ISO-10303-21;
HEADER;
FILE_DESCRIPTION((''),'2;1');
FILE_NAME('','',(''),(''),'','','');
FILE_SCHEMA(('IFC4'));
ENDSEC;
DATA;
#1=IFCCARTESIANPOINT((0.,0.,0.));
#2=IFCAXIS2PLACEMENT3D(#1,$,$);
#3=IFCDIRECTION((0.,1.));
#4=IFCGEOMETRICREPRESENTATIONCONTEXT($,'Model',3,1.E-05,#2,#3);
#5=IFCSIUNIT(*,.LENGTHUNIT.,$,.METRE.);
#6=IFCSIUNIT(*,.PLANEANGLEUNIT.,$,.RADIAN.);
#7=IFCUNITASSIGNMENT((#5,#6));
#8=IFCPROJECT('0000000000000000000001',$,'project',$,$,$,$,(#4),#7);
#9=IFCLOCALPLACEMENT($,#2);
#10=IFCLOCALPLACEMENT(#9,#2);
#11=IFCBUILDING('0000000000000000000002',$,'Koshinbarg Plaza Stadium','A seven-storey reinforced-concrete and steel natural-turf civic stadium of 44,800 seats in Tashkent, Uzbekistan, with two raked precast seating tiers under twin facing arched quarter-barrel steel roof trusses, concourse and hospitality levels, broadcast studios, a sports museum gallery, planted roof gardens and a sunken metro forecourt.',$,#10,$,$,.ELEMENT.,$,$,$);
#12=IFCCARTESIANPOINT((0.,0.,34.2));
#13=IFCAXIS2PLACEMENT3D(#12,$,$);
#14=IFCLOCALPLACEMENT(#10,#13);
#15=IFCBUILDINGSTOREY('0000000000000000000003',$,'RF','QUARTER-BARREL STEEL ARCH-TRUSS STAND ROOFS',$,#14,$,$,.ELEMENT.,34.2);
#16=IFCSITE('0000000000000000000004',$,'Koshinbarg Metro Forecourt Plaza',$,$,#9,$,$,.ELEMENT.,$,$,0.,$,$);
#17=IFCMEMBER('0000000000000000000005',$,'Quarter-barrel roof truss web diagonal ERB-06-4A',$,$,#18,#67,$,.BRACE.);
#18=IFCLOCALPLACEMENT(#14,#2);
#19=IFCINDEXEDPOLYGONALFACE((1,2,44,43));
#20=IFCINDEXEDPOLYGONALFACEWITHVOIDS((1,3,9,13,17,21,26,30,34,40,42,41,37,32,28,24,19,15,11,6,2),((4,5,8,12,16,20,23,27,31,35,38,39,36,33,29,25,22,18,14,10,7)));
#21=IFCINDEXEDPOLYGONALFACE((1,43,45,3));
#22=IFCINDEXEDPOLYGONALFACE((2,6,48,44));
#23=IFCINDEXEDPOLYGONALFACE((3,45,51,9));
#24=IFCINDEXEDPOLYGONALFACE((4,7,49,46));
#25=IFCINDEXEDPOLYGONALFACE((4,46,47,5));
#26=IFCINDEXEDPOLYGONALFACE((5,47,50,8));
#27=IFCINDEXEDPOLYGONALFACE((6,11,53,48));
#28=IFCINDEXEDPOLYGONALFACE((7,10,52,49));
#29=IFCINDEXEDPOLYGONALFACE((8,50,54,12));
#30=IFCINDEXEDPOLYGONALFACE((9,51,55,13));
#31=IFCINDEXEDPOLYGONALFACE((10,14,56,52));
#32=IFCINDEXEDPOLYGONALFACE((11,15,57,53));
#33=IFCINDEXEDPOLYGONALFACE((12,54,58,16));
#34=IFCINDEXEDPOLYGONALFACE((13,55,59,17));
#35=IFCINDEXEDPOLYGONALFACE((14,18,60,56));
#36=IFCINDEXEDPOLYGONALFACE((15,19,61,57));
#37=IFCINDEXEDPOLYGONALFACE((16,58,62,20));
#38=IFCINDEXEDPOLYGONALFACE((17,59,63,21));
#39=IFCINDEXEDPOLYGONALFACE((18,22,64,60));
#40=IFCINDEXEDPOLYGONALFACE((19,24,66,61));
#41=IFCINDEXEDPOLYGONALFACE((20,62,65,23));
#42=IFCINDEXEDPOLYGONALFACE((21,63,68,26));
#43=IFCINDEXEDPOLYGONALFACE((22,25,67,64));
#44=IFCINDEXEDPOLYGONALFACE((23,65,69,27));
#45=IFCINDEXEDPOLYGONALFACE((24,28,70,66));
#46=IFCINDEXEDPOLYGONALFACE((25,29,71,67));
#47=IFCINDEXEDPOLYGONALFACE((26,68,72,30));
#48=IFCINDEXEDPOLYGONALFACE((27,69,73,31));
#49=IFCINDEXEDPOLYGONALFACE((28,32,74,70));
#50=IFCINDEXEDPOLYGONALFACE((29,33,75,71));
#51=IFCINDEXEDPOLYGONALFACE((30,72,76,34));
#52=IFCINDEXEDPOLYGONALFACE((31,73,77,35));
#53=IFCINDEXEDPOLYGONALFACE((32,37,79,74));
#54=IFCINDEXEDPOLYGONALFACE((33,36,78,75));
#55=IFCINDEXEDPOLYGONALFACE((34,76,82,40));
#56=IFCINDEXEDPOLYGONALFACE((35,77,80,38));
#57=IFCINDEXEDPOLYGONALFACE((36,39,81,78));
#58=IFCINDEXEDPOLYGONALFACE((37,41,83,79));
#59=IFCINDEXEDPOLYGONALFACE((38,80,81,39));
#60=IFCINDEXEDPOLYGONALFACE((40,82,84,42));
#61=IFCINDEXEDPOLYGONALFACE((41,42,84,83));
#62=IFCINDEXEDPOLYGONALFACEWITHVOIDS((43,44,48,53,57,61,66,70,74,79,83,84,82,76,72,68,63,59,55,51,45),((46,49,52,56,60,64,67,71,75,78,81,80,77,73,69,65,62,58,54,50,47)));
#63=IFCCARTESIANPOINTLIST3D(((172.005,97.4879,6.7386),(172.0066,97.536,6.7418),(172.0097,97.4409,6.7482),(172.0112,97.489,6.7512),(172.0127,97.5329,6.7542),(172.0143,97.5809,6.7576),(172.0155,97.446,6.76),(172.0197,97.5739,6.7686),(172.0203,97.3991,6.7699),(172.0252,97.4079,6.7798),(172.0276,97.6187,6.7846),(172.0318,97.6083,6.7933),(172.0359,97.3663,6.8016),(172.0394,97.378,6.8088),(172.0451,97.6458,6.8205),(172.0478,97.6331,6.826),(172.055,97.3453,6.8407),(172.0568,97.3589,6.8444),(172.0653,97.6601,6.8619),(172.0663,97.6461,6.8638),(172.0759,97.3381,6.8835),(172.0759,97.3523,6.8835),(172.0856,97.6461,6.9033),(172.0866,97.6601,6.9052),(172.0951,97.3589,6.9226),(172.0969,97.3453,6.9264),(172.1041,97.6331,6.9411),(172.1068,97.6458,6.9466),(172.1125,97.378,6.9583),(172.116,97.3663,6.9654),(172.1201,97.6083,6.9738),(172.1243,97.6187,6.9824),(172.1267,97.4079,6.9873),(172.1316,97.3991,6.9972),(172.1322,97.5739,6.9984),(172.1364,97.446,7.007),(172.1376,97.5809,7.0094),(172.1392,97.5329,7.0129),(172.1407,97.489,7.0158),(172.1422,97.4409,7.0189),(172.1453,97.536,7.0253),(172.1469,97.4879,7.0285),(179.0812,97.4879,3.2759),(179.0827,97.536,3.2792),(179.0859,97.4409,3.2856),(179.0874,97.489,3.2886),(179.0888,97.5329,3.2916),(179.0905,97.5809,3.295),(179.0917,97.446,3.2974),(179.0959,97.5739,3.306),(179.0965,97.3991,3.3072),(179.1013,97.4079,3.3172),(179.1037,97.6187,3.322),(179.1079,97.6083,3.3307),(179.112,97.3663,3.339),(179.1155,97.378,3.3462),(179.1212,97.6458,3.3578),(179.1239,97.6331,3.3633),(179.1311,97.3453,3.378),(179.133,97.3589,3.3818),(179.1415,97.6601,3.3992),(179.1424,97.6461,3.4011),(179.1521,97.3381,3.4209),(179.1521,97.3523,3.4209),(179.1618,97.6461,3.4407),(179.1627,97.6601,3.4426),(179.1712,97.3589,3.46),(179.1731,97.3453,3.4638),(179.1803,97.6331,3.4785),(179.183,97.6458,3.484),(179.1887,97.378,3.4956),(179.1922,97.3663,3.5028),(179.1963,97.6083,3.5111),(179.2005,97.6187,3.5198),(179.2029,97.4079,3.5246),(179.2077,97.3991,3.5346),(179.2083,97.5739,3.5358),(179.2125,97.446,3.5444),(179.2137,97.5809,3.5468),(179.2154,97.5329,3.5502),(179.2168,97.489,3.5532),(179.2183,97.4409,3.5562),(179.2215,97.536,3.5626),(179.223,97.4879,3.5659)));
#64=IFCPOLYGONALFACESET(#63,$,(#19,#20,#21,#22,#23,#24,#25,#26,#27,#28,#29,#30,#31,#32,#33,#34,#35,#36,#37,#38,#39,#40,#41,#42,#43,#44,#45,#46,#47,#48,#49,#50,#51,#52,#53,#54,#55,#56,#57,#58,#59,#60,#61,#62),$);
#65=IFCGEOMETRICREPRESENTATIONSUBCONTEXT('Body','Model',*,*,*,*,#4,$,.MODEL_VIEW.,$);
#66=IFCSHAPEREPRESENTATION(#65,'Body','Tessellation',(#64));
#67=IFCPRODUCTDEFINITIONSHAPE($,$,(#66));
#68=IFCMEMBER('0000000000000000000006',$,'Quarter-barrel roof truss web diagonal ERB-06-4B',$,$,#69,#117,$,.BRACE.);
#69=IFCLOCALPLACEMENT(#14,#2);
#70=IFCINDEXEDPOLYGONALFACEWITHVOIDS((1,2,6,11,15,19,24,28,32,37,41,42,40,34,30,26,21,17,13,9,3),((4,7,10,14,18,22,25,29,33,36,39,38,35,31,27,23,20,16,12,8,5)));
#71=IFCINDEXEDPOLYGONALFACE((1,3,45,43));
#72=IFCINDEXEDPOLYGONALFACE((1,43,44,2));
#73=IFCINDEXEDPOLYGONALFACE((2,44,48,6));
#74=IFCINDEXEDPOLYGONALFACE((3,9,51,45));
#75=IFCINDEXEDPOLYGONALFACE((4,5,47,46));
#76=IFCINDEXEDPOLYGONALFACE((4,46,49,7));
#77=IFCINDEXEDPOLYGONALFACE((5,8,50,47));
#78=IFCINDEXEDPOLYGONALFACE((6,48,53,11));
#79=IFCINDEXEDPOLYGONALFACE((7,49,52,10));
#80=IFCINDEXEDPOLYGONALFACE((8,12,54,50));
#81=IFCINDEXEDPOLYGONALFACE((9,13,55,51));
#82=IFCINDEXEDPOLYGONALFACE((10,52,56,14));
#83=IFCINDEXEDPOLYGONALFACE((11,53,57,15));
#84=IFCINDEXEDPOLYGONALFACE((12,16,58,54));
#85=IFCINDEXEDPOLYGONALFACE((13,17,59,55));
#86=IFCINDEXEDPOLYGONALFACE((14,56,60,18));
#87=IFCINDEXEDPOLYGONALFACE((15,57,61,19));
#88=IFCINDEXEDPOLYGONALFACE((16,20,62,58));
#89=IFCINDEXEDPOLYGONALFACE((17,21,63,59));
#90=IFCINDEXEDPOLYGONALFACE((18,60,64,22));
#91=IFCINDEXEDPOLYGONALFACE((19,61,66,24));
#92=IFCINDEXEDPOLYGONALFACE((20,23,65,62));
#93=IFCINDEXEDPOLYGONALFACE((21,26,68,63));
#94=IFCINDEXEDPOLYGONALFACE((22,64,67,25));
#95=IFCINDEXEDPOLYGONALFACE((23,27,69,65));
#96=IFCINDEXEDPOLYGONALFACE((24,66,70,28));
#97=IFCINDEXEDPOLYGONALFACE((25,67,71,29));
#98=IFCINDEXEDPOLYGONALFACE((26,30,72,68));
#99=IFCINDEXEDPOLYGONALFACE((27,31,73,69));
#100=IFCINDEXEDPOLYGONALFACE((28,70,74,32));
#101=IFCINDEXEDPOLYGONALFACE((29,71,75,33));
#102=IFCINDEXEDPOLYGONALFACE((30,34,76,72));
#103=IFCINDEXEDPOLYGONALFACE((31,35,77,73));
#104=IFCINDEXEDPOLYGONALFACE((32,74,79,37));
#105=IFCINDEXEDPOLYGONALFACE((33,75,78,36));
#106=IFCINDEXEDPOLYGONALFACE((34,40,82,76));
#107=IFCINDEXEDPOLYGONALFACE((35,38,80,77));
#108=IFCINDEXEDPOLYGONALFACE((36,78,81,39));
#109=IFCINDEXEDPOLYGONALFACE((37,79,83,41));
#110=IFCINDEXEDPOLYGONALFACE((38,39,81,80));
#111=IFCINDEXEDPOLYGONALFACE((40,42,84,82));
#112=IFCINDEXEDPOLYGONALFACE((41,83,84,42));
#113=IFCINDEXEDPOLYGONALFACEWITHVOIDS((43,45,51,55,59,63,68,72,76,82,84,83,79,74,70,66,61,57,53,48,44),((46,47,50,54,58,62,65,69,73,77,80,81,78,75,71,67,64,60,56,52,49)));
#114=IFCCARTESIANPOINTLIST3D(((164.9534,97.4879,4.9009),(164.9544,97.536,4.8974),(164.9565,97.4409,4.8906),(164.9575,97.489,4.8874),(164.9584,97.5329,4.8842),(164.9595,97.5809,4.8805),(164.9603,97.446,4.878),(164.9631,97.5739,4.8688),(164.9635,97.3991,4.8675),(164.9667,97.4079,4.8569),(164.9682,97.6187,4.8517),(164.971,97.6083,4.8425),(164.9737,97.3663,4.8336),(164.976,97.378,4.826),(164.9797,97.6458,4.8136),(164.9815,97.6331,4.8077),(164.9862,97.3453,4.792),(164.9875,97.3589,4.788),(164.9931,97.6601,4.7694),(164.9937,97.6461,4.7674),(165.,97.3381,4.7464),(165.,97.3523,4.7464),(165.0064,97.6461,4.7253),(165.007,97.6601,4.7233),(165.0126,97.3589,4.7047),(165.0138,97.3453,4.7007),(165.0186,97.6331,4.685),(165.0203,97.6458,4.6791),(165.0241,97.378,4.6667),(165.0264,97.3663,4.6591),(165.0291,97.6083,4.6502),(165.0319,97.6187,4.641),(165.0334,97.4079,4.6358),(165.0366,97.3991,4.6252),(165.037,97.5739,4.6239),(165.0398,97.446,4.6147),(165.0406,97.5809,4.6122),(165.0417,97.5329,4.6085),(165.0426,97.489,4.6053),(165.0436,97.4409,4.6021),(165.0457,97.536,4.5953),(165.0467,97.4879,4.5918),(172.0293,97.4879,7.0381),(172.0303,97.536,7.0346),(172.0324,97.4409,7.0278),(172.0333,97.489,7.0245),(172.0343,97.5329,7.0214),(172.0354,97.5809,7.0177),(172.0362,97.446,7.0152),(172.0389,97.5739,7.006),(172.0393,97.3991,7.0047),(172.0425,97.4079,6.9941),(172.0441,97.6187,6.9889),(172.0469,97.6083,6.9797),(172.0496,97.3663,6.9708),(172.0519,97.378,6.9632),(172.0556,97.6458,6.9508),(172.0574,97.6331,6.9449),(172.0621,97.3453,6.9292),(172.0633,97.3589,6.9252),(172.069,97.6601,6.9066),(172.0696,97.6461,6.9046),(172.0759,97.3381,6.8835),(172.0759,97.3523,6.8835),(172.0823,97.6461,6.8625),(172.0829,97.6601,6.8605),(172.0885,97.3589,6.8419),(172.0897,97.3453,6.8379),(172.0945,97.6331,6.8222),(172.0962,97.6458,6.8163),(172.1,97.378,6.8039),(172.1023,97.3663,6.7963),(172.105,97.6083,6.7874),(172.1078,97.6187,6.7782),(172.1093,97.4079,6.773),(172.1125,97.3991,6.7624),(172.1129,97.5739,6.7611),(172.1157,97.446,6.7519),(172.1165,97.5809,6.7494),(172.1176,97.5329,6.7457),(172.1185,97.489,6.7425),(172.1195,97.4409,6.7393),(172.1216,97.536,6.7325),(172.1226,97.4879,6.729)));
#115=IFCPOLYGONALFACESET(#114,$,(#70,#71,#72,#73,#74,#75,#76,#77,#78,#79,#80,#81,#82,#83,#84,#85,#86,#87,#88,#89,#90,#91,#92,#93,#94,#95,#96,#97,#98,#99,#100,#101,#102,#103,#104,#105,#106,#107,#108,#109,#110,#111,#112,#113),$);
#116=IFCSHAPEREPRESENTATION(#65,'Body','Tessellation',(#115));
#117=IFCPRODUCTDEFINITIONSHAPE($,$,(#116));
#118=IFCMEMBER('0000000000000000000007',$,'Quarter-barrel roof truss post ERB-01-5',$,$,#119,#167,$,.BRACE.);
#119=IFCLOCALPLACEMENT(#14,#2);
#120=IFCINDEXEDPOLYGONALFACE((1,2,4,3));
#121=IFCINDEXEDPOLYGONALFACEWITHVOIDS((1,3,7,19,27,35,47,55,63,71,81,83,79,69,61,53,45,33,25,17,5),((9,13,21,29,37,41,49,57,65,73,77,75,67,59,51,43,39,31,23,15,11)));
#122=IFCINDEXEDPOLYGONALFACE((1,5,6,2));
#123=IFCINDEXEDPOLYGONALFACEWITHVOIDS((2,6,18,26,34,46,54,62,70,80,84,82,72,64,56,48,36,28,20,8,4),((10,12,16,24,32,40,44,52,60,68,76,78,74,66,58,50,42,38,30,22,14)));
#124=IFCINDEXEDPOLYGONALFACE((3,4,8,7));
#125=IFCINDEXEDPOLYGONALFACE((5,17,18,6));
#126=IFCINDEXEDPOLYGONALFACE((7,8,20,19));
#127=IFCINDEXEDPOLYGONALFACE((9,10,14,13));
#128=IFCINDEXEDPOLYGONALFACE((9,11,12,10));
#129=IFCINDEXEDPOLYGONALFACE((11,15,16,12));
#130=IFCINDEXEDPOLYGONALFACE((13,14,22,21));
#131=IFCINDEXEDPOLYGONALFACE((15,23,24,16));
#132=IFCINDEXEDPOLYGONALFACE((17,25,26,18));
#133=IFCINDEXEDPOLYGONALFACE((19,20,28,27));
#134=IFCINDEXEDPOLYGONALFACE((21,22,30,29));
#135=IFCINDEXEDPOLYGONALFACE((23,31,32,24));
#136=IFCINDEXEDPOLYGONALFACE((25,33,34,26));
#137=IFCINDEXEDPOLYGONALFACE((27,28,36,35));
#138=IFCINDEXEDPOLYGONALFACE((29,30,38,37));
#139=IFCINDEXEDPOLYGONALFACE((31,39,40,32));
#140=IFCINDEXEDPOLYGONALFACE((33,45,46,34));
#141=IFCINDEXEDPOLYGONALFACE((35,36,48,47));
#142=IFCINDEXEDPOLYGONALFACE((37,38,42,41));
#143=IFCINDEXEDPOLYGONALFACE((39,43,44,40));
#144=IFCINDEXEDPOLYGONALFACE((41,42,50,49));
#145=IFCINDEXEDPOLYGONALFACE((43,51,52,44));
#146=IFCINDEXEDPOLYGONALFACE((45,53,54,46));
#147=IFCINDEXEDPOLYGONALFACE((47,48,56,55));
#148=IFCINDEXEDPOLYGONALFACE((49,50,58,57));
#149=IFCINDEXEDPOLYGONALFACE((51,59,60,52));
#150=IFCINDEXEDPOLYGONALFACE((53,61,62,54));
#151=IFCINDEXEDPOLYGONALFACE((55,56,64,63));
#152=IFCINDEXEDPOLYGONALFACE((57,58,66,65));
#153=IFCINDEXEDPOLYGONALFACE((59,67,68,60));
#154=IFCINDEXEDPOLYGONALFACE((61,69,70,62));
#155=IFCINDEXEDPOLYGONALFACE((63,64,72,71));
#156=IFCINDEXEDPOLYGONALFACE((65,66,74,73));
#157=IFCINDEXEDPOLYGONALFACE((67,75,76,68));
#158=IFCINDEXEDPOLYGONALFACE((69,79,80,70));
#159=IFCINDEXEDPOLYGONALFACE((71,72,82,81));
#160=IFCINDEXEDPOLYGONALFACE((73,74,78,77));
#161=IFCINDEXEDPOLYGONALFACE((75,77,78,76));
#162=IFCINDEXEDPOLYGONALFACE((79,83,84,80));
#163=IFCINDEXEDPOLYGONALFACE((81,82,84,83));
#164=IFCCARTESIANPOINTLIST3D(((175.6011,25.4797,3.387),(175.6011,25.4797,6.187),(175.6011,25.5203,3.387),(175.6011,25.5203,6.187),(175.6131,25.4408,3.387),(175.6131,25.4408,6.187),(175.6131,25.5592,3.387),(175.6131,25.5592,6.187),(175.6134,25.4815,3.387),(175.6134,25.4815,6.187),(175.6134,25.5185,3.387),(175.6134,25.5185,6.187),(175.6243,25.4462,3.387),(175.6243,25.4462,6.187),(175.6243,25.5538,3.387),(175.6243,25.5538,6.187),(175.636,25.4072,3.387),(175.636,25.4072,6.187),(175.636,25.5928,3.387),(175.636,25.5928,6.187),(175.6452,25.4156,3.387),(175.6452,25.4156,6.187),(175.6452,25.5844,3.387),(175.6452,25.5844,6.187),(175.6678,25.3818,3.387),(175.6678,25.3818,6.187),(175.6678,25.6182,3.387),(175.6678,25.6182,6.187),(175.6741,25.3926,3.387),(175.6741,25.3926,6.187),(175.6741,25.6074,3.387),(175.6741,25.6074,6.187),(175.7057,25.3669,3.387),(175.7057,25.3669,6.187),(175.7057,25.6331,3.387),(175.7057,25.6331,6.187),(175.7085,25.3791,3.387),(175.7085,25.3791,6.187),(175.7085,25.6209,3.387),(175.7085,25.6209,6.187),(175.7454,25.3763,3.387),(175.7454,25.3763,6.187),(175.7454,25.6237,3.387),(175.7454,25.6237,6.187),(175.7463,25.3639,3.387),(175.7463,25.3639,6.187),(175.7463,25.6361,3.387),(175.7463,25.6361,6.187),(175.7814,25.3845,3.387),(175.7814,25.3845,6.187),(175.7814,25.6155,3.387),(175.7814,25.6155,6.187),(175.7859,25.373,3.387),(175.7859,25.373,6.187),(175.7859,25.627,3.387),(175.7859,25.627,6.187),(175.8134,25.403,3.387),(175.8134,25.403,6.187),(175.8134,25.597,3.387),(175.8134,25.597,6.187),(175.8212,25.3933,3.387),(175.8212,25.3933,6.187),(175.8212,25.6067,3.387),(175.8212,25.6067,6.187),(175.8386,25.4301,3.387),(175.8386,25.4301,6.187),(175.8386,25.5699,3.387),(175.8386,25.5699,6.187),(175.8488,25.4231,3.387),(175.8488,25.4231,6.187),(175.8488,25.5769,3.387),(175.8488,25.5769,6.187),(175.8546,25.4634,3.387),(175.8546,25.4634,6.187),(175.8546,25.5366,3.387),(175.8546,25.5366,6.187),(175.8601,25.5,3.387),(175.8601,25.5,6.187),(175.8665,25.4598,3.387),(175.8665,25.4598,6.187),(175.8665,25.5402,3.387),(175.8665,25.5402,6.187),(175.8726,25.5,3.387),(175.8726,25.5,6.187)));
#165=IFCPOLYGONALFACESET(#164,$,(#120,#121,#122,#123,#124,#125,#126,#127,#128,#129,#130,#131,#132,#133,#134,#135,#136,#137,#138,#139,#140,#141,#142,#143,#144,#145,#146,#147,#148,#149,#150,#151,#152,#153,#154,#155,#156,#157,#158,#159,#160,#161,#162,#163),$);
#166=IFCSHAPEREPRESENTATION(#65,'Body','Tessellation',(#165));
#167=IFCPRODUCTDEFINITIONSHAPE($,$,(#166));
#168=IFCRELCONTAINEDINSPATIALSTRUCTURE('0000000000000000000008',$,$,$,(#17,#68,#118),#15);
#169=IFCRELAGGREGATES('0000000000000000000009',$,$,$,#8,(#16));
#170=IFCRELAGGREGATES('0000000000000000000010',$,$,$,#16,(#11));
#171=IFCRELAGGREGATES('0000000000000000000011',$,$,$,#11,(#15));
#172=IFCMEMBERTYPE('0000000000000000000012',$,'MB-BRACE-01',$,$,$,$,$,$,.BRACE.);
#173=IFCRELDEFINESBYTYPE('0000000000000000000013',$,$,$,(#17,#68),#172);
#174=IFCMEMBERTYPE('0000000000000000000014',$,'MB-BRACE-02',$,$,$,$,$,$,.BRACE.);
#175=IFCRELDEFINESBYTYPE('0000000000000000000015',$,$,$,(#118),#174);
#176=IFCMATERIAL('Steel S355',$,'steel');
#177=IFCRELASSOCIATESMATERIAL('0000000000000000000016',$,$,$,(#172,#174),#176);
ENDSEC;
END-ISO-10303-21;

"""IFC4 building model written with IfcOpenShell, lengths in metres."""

from ifc_helpers import new_model, si_unit, direction, frame, origin, origin_2d, place, context, subcontext, project, spatial, hollow_circle, extrude, material, material_profile, profile_set, type_object, element, save


model = new_model("IFC4")

# Units and contexts
model_context = context("Model", 3, precision=1e-05, world=origin(), true_north=direction((0.0, 1.0)))
body_context = subcontext(model_context, "Body", "Model", "MODEL_VIEW")
ifc_project = project(units=[si_unit("LENGTHUNIT", "METRE"), si_unit("PLANEANGLEUNIT", "RADIAN")], contexts=[model_context])

# Site, building, storey
site_placement = place(None, origin())
site = spatial("IfcSite", under=ifc_project, at=site_placement, Name="Koshinbarg Metro Forecourt Plaza", CompositionType="ELEMENT", RefElevation=0.0)
building_placement = place(site_placement, origin())
building = spatial("IfcBuilding", under=site, at=building_placement, Name="Koshinbarg Plaza Stadium", Description="A seven-storey reinforced-concrete and steel natural-turf civic stadium of 44,800 seats in Tashkent, Uzbekistan, with two raked precast seating tiers under twin facing arched quarter-barrel steel roof trusses, concourse and hospitality levels, broadcast studios, a sports museum gallery, planted roof gardens and a sunken metro forecourt.", CompositionType="ELEMENT")
storey_placement = place(building_placement, frame((0.0, 0.0, 34.2)))
storey = spatial("IfcBuildingStorey", under=building, at=storey_placement, Name="RF", Description="QUARTER-BARREL STEEL ARCH-TRUSS STAND ROOFS", CompositionType="ELEMENT", Elevation=34.2)

# Members
ifc_material_1 = material(Name="Steel S355", Category="steel")
ifc_material_profile_1 = material_profile(ifc_material_1, hollow_circle(Radius=0.1619, WallThickness=0.0142, at=origin_2d()), Name="CHS 323.9x14.2")
ifc_profile_set_1 = profile_set([ifc_material_profile_1], Name="Steel S355")
member_type_1 = type_object("IfcMemberType", Name="MB-BRACE-01", PredefinedType="BRACE", material=ifc_profile_set_1)
member_1_placement = place(storey_placement, frame((179.1521, 97.5, 3.4209), z_axis=(-0.898225, 0.0, 0.439536), x_axis=(0.0, -1.0, 0.0)))
element("IfcMember", 1, at=member_1_placement, inside=storey, type_object=member_type_1, Name="Quarter-barrel roof truss web diagonal ERB-06-4A", PredefinedType="BRACE", context=body_context, shape_type="SweptSolid", body=[
    extrude(hollow_circle(Radius=0.1619, WallThickness=0.0142, at=origin_2d()), origin(), (0.0, 0.0, 1.0), 7.8779),
])
member_2_placement = place(storey_placement, frame((172.0759, 97.5, 6.8835), z_axis=(-0.957287, 0.0, -0.289138), x_axis=(0.0, -1.0, 0.0)))
element("IfcMember", 2, at=member_2_placement, inside=storey, type_object=member_type_1, Name="Quarter-barrel roof truss web diagonal ERB-06-4B", PredefinedType="BRACE", context=body_context, shape_type="SweptSolid", body=[
    extrude(hollow_circle(Radius=0.1619, WallThickness=0.0142, at=origin_2d()), origin(), (0.0, 0.0, 1.0), 7.3916),
])
ifc_material_profile_2 = material_profile(ifc_material_1, hollow_circle(Radius=0.1365, WallThickness=0.0125, at=origin_2d()), Name="CHS 273x12.5")
ifc_profile_set_2 = profile_set([ifc_material_profile_2], Name="Steel S355")
member_type_2 = type_object("IfcMemberType", Name="MB-BRACE-02", PredefinedType="BRACE", material=ifc_profile_set_2)
member_3_placement = place(storey_placement, frame((175.7361, 25.5, 3.387), z_axis=(0.0, 0.0, 1.0), x_axis=(1.0, 0.0, 0.0)))
element("IfcMember", 3, at=member_3_placement, inside=storey, type_object=member_type_2, Name="Quarter-barrel roof truss post ERB-01-5", PredefinedType="BRACE", context=body_context, shape_type="SweptSolid", body=[
    extrude(hollow_circle(Radius=0.1365, WallThickness=0.0125, at=origin_2d()), origin(), (0.0, 0.0, 1.0), 2.8),
])

save(model, "model.ifc")
